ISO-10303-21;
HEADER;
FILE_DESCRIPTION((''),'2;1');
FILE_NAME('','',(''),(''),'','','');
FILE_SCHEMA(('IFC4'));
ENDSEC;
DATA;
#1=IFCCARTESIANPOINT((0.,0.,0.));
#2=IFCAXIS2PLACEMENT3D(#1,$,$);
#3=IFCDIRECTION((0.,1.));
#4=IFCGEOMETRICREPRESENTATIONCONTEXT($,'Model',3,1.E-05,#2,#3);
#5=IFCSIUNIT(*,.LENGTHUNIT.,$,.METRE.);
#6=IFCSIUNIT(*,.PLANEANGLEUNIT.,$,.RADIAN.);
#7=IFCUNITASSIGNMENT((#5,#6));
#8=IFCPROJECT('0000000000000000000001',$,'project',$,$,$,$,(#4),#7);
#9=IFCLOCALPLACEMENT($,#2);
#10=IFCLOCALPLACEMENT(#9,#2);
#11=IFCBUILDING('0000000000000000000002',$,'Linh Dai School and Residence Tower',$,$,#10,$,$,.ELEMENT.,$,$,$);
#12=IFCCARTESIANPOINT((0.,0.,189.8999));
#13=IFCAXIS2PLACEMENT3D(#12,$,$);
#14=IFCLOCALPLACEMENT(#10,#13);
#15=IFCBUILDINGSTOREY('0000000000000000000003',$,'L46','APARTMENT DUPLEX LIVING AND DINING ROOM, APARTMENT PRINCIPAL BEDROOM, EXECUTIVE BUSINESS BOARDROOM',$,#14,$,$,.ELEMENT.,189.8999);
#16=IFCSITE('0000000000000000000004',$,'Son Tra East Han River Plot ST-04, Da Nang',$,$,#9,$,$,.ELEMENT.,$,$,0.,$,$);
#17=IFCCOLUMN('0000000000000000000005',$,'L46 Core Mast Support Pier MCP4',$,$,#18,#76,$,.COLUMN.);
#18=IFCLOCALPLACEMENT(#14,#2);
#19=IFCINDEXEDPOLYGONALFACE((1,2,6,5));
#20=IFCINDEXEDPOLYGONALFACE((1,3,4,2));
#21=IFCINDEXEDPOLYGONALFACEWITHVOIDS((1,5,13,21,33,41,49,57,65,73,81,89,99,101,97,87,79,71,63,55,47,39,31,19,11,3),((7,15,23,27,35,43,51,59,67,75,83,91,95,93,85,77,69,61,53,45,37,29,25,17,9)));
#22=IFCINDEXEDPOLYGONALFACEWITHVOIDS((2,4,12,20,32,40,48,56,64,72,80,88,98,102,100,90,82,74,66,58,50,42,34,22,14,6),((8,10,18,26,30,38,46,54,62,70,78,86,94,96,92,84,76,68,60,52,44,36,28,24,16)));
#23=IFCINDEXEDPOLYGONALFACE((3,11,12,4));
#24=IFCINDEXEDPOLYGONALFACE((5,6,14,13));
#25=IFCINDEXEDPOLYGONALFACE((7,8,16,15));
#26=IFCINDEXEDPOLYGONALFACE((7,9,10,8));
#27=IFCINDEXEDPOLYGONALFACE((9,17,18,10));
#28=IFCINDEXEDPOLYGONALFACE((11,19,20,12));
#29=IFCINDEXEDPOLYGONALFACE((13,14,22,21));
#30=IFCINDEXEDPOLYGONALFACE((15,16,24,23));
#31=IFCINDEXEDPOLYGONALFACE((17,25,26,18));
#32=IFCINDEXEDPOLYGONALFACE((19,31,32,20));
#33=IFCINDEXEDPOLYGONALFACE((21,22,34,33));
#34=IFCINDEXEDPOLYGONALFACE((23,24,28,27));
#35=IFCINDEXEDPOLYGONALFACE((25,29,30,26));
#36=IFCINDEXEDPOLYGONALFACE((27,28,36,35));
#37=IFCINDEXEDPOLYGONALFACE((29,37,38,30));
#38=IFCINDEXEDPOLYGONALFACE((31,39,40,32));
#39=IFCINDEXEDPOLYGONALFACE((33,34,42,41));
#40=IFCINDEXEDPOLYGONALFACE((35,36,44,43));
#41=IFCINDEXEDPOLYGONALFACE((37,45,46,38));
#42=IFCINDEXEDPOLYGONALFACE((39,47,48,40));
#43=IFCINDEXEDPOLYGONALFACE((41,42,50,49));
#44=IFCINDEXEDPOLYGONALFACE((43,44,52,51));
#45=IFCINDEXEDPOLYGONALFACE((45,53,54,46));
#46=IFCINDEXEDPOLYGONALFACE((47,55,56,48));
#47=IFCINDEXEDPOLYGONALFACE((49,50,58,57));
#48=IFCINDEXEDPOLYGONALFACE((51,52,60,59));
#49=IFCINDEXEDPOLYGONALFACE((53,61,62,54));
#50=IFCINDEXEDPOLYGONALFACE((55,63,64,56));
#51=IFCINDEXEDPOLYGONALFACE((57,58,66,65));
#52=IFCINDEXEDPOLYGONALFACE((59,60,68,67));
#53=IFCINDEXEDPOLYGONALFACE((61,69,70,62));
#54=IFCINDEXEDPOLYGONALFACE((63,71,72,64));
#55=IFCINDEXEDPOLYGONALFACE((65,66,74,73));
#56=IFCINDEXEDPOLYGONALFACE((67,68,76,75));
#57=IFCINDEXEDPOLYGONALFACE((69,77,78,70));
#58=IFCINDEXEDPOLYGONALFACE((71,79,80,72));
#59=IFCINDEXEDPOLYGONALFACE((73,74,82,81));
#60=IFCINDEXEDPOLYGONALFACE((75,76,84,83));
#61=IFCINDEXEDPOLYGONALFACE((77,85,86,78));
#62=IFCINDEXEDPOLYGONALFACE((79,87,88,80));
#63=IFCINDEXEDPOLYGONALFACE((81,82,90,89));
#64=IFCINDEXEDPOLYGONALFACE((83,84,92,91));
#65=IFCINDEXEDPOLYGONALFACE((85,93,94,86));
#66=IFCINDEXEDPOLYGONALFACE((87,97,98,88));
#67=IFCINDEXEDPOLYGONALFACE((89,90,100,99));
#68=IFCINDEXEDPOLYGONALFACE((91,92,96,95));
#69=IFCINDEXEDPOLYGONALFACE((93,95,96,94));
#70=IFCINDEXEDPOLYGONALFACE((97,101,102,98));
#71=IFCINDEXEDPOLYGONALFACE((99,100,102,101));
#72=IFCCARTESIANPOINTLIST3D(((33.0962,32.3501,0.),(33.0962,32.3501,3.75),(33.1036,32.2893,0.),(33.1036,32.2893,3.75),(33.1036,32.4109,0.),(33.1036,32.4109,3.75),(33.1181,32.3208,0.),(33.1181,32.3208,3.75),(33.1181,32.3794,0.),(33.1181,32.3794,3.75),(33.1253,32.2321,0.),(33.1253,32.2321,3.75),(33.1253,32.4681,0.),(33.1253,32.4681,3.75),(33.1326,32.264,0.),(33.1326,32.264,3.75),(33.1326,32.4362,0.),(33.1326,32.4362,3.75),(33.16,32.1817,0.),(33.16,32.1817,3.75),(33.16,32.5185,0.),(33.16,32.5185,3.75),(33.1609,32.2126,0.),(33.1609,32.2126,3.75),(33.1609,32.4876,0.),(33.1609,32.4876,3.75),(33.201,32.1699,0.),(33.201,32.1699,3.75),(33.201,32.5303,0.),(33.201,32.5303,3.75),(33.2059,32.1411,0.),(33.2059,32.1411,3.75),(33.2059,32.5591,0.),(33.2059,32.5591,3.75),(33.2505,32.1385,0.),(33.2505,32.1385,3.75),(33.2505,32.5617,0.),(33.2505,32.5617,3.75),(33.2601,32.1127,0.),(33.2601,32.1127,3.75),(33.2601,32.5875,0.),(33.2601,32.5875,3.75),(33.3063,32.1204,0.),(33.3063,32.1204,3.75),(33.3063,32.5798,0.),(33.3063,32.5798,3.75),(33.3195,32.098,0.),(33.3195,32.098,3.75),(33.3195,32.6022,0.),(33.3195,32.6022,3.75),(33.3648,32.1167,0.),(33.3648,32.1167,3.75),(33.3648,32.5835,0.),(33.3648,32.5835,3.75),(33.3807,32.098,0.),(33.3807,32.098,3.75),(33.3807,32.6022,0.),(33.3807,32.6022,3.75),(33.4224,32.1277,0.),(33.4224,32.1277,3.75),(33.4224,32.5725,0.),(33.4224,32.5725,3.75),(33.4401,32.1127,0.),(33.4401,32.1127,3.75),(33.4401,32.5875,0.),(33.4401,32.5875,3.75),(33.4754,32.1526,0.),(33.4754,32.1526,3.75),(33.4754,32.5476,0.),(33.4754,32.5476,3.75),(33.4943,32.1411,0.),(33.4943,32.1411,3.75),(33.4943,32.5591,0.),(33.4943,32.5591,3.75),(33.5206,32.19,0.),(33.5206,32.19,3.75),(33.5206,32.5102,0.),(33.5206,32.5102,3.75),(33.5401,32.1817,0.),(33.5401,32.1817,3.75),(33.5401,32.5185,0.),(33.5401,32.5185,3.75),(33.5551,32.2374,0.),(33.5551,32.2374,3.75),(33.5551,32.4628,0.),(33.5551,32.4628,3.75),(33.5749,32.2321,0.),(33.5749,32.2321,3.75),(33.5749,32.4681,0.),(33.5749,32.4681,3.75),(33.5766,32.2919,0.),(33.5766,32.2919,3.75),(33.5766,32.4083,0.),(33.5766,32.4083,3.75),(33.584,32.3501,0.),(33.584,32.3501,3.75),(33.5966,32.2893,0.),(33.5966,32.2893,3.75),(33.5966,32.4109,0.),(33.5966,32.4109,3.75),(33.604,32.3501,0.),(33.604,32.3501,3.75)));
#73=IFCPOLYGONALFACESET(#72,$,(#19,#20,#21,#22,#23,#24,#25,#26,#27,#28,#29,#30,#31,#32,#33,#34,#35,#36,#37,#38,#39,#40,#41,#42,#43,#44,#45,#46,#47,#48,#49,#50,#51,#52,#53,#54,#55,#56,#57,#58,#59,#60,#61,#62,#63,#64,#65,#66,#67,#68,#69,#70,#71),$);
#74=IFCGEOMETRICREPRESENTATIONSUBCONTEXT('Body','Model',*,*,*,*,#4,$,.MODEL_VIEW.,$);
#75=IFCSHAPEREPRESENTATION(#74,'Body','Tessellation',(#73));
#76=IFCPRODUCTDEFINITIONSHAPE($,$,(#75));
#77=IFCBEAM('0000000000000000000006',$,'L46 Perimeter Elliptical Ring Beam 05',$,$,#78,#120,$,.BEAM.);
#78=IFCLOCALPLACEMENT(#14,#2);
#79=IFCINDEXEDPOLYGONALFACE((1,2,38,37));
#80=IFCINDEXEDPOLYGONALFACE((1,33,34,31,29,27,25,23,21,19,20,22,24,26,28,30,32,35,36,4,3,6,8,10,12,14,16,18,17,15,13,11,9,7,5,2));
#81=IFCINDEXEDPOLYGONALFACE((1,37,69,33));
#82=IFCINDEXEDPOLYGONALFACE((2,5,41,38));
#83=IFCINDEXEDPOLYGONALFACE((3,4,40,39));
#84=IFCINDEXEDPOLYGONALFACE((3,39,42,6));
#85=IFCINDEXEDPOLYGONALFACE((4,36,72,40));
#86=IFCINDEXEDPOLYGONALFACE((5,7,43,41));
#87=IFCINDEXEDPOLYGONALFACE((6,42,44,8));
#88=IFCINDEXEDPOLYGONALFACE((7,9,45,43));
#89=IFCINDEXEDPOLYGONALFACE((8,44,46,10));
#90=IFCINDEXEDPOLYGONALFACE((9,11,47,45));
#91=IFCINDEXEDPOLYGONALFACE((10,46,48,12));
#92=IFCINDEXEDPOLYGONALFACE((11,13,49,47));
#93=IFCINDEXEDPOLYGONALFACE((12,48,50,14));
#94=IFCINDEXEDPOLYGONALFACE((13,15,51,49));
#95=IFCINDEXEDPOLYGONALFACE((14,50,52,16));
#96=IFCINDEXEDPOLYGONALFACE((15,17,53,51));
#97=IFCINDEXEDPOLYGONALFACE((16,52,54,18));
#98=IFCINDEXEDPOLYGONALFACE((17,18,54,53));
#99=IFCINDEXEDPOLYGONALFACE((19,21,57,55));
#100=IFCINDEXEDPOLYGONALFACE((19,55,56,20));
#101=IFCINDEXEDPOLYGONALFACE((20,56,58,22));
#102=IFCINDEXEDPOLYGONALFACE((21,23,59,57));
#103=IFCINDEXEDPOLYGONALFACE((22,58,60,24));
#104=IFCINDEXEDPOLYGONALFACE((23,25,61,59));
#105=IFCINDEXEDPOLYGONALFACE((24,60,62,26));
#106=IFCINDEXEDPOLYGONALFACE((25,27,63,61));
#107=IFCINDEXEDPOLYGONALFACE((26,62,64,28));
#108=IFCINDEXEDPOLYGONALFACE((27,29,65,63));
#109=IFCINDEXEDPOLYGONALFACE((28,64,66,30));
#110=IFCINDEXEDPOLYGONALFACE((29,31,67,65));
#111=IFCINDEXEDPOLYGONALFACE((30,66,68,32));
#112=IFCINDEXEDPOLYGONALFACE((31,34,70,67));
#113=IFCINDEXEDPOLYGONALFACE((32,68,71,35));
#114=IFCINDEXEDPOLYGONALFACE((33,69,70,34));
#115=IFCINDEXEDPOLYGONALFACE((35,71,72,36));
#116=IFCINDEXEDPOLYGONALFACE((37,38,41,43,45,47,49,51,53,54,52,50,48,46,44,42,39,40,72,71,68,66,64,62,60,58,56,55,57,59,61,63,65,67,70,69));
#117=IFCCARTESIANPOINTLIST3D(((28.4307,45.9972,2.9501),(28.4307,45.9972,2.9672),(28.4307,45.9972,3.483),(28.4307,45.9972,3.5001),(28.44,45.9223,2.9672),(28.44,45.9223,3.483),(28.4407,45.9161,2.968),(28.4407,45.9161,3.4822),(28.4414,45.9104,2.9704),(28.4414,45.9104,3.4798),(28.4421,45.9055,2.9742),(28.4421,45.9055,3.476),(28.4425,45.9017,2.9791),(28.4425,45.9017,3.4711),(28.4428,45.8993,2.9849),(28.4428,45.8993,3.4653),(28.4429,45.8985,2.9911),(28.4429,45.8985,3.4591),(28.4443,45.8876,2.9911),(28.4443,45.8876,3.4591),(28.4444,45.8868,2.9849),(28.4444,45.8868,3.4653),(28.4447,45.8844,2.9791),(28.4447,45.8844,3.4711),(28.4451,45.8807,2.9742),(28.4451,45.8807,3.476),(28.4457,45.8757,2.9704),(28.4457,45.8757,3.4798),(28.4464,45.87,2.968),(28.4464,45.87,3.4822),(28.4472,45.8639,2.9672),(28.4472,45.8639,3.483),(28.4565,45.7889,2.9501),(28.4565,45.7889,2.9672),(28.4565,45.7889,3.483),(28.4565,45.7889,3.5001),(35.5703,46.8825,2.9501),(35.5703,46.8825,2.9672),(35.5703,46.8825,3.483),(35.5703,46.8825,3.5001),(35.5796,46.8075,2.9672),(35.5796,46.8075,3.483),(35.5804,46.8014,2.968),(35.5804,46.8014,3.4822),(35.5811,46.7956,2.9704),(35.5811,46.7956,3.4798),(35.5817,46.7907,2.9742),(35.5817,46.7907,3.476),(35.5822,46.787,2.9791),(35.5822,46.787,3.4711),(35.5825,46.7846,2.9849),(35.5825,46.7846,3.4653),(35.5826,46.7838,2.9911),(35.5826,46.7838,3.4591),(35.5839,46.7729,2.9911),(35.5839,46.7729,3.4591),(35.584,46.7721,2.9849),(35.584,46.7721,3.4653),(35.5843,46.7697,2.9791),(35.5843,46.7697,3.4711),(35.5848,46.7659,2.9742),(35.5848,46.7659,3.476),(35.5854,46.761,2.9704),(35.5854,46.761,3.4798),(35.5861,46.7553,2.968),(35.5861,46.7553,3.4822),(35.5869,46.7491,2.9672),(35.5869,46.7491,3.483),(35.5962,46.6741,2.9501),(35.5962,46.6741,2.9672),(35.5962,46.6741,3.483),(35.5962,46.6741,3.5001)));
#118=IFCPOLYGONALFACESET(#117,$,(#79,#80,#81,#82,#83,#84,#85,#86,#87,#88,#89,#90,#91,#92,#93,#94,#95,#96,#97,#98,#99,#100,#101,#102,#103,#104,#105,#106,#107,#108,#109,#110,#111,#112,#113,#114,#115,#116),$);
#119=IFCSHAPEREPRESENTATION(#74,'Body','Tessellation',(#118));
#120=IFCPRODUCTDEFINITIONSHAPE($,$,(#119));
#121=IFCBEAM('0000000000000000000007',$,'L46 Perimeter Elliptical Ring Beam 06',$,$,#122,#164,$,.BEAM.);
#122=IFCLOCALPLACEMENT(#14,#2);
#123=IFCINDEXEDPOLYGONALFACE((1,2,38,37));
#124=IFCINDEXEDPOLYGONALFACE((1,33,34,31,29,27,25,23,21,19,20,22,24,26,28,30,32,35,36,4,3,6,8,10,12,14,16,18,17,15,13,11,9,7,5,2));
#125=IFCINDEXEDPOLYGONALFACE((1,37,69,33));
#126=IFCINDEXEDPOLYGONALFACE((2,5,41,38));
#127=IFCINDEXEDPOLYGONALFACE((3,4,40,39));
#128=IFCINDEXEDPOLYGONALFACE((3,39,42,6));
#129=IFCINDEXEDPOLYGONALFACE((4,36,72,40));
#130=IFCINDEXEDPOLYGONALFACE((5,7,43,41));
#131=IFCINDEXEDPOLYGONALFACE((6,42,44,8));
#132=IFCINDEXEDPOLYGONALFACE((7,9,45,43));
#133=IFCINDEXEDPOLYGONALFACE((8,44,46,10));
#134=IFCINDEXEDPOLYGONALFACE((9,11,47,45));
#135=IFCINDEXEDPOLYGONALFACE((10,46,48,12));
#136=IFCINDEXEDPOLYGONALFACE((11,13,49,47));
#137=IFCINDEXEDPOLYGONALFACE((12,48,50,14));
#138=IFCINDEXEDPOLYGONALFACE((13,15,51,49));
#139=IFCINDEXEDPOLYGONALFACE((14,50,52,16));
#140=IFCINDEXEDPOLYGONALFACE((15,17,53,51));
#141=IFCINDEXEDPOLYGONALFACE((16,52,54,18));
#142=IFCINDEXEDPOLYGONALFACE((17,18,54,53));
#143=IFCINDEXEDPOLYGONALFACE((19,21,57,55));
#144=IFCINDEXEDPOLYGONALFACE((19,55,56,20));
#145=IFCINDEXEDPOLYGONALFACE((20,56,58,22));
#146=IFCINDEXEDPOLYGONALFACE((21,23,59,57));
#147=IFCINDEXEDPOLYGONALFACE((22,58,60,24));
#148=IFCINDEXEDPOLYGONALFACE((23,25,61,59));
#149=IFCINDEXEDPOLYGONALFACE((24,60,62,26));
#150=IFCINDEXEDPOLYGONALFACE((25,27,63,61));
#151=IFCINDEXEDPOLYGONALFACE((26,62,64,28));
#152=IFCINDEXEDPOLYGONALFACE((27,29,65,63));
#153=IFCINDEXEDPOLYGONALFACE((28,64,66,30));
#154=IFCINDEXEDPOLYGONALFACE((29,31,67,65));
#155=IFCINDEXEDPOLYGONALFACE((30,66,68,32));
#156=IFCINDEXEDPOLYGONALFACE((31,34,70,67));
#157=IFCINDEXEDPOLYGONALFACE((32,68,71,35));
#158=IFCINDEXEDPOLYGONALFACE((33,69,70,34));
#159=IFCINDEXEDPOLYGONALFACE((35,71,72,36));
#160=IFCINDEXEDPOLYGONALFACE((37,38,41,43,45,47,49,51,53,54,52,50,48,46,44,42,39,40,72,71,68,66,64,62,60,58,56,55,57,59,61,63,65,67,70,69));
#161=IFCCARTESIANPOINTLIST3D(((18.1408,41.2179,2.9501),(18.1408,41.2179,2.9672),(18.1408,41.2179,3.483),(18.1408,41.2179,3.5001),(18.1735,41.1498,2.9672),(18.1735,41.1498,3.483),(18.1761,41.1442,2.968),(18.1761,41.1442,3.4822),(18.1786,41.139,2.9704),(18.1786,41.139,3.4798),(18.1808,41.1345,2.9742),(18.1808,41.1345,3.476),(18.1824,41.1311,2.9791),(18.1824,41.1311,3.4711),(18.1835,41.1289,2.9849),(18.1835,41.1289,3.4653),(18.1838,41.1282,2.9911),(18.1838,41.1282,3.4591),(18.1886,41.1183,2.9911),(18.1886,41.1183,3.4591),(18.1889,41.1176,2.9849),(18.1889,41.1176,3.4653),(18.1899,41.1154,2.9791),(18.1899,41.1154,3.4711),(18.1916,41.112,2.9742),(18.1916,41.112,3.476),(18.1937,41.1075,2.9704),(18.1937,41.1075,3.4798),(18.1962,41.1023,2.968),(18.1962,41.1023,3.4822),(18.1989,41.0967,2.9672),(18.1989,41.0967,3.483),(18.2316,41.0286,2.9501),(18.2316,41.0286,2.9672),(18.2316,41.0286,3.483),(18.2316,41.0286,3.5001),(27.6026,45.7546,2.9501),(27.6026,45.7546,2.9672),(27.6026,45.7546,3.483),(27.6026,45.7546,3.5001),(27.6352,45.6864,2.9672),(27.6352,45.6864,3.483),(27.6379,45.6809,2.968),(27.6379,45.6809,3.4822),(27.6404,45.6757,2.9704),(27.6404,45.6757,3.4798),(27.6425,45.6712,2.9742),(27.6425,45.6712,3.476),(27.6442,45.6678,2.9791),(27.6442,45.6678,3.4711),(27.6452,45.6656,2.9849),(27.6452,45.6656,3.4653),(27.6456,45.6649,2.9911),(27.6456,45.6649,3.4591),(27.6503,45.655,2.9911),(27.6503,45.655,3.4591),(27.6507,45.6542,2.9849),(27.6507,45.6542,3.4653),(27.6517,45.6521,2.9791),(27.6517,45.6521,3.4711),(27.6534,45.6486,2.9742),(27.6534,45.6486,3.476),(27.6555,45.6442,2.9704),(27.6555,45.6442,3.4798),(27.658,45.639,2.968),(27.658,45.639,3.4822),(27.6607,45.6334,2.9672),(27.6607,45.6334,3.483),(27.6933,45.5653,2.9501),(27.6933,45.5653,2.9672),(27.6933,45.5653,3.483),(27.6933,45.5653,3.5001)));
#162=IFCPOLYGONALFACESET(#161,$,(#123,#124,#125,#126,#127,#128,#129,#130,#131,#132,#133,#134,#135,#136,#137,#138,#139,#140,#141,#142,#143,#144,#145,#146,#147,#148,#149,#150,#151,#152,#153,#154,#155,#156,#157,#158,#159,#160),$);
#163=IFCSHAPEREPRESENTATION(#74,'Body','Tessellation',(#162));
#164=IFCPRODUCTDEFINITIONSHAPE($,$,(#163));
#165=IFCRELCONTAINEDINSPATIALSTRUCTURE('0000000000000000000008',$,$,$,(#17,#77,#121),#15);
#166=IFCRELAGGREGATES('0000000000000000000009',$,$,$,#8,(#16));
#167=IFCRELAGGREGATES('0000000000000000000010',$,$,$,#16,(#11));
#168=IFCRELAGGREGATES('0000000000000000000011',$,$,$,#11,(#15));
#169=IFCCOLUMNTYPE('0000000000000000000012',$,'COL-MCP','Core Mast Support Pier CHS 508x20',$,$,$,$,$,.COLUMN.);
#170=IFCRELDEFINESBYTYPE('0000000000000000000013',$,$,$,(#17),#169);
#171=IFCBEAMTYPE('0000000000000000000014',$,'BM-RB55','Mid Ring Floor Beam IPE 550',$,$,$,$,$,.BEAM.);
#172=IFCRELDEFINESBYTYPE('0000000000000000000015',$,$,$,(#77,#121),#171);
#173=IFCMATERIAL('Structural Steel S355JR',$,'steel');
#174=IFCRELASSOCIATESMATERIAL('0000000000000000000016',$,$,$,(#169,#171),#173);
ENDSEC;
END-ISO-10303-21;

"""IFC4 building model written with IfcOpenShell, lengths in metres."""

from ifc_helpers import new_model, si_unit, direction, frame, origin, origin_2d, place, context, subcontext, project, spatial, hollow_circle, i_section, extrude, material, material_profile, profile_set, type_object, element, save


model = new_model("IFC4")

# Units and contexts
model_context = context("Model", 3, precision=1e-05, world=origin(), true_north=direction((0.0, 1.0)))
body_context = subcontext(model_context, "Body", "Model", "MODEL_VIEW")
ifc_project = project(units=[si_unit("LENGTHUNIT", "METRE"), si_unit("PLANEANGLEUNIT", "RADIAN")], contexts=[model_context])

# Site, building, storey
site_placement = place(None, origin())
site = spatial("IfcSite", under=ifc_project, at=site_placement, Name="Son Tra East Han River Plot ST-04, Da Nang", CompositionType="ELEMENT", RefElevation=0.0)
building_placement = place(site_placement, origin())
building = spatial("IfcBuilding", under=site, at=building_placement, Name="Linh Dai School and Residence Tower", CompositionType="ELEMENT")
storey_placement = place(building_placement, frame((0.0, 0.0, 189.8999)))
storey = spatial("IfcBuildingStorey", under=building, at=storey_placement, Name="L46", Description="APARTMENT DUPLEX LIVING AND DINING ROOM, APARTMENT PRINCIPAL BEDROOM, EXECUTIVE BUSINESS BOARDROOM", CompositionType="ELEMENT", Elevation=189.8999)

# Column
ifc_material_1 = material(Name="Structural Steel S355JR", Category="steel")
ifc_material_profile_1 = material_profile(ifc_material_1, hollow_circle(Radius=0.2539, WallThickness=0.02, at=origin_2d()), Name="CHS 508x20")
ifc_profile_set_1 = profile_set([ifc_material_profile_1], Name="Structural Steel S355JR")
column_type_1 = type_object("IfcColumnType", Name="COL-MCP", Description="Core Mast Support Pier CHS 508x20", PredefinedType="COLUMN", material=ifc_profile_set_1)
column_1_placement = place(storey_placement, frame((33.3501, 32.3501, 0.0), z_axis=(0.0, 0.0, 1.0), x_axis=(1.0, 0.0, 0.0)))
element("IfcColumn", 1, at=column_1_placement, inside=storey, type_object=column_type_1, Name="L46 Core Mast Support Pier MCP4", PredefinedType="COLUMN", context=body_context, shape_type="SweptSolid", body=[
    extrude(hollow_circle(Radius=0.2539, WallThickness=0.02, at=origin_2d()), origin(), (0.0, 0.0, 1.0), 3.75),
])

# Beams
ifc_material_profile_2 = material_profile(ifc_material_1, i_section(OverallWidth=0.21, OverallDepth=0.55, WebThickness=0.011, FlangeThickness=0.0171, FilletRadius=0.0239, at=origin_2d()), Name="IPE 550")
ifc_profile_set_2 = profile_set([ifc_material_profile_2], Name="Structural Steel S355JR")
beam_type_1 = type_object("IfcBeamType", Name="BM-RB55", Description="Mid Ring Floor Beam IPE 550", PredefinedType="BEAM", material=ifc_profile_set_2)
beam_1_placement = place(storey_placement, frame((35.5833, 46.7783, 3.2251), z_axis=(-0.992401, -0.123049, 0.0), x_axis=(0.123049, -0.992401, 0.0)))
element("IfcBeam", 2, at=beam_1_placement, inside=storey, type_object=beam_type_1, Name="L46 Perimeter Elliptical Ring Beam 05", PredefinedType="BEAM", context=body_context, shape_type="SweptSolid", body=[
    extrude(i_section(OverallWidth=0.21, OverallDepth=0.55, WebThickness=0.011, FlangeThickness=0.0171, FilletRadius=0.0239, at=origin_2d()), origin(), (0.0, 0.0, 1.0), 7.1943),
])
beam_2_placement = place(storey_placement, frame((27.6479, 45.6599, 3.2251), z_axis=(-0.901708, -0.432345, 0.0), x_axis=(0.432345, -0.901708, 0.0)))
element("IfcBeam", 3, at=beam_2_placement, inside=storey, type_object=beam_type_1, Name="L46 Perimeter Elliptical Ring Beam 06", PredefinedType="BEAM", context=body_context, shape_type="SweptSolid", body=[
    extrude(i_section(OverallWidth=0.21, OverallDepth=0.55, WebThickness=0.011, FlangeThickness=0.0171, FilletRadius=0.0239, at=origin_2d()), origin(), (0.0, 0.0, 1.0), 10.4932),
])

save(model, "model.ifc")
